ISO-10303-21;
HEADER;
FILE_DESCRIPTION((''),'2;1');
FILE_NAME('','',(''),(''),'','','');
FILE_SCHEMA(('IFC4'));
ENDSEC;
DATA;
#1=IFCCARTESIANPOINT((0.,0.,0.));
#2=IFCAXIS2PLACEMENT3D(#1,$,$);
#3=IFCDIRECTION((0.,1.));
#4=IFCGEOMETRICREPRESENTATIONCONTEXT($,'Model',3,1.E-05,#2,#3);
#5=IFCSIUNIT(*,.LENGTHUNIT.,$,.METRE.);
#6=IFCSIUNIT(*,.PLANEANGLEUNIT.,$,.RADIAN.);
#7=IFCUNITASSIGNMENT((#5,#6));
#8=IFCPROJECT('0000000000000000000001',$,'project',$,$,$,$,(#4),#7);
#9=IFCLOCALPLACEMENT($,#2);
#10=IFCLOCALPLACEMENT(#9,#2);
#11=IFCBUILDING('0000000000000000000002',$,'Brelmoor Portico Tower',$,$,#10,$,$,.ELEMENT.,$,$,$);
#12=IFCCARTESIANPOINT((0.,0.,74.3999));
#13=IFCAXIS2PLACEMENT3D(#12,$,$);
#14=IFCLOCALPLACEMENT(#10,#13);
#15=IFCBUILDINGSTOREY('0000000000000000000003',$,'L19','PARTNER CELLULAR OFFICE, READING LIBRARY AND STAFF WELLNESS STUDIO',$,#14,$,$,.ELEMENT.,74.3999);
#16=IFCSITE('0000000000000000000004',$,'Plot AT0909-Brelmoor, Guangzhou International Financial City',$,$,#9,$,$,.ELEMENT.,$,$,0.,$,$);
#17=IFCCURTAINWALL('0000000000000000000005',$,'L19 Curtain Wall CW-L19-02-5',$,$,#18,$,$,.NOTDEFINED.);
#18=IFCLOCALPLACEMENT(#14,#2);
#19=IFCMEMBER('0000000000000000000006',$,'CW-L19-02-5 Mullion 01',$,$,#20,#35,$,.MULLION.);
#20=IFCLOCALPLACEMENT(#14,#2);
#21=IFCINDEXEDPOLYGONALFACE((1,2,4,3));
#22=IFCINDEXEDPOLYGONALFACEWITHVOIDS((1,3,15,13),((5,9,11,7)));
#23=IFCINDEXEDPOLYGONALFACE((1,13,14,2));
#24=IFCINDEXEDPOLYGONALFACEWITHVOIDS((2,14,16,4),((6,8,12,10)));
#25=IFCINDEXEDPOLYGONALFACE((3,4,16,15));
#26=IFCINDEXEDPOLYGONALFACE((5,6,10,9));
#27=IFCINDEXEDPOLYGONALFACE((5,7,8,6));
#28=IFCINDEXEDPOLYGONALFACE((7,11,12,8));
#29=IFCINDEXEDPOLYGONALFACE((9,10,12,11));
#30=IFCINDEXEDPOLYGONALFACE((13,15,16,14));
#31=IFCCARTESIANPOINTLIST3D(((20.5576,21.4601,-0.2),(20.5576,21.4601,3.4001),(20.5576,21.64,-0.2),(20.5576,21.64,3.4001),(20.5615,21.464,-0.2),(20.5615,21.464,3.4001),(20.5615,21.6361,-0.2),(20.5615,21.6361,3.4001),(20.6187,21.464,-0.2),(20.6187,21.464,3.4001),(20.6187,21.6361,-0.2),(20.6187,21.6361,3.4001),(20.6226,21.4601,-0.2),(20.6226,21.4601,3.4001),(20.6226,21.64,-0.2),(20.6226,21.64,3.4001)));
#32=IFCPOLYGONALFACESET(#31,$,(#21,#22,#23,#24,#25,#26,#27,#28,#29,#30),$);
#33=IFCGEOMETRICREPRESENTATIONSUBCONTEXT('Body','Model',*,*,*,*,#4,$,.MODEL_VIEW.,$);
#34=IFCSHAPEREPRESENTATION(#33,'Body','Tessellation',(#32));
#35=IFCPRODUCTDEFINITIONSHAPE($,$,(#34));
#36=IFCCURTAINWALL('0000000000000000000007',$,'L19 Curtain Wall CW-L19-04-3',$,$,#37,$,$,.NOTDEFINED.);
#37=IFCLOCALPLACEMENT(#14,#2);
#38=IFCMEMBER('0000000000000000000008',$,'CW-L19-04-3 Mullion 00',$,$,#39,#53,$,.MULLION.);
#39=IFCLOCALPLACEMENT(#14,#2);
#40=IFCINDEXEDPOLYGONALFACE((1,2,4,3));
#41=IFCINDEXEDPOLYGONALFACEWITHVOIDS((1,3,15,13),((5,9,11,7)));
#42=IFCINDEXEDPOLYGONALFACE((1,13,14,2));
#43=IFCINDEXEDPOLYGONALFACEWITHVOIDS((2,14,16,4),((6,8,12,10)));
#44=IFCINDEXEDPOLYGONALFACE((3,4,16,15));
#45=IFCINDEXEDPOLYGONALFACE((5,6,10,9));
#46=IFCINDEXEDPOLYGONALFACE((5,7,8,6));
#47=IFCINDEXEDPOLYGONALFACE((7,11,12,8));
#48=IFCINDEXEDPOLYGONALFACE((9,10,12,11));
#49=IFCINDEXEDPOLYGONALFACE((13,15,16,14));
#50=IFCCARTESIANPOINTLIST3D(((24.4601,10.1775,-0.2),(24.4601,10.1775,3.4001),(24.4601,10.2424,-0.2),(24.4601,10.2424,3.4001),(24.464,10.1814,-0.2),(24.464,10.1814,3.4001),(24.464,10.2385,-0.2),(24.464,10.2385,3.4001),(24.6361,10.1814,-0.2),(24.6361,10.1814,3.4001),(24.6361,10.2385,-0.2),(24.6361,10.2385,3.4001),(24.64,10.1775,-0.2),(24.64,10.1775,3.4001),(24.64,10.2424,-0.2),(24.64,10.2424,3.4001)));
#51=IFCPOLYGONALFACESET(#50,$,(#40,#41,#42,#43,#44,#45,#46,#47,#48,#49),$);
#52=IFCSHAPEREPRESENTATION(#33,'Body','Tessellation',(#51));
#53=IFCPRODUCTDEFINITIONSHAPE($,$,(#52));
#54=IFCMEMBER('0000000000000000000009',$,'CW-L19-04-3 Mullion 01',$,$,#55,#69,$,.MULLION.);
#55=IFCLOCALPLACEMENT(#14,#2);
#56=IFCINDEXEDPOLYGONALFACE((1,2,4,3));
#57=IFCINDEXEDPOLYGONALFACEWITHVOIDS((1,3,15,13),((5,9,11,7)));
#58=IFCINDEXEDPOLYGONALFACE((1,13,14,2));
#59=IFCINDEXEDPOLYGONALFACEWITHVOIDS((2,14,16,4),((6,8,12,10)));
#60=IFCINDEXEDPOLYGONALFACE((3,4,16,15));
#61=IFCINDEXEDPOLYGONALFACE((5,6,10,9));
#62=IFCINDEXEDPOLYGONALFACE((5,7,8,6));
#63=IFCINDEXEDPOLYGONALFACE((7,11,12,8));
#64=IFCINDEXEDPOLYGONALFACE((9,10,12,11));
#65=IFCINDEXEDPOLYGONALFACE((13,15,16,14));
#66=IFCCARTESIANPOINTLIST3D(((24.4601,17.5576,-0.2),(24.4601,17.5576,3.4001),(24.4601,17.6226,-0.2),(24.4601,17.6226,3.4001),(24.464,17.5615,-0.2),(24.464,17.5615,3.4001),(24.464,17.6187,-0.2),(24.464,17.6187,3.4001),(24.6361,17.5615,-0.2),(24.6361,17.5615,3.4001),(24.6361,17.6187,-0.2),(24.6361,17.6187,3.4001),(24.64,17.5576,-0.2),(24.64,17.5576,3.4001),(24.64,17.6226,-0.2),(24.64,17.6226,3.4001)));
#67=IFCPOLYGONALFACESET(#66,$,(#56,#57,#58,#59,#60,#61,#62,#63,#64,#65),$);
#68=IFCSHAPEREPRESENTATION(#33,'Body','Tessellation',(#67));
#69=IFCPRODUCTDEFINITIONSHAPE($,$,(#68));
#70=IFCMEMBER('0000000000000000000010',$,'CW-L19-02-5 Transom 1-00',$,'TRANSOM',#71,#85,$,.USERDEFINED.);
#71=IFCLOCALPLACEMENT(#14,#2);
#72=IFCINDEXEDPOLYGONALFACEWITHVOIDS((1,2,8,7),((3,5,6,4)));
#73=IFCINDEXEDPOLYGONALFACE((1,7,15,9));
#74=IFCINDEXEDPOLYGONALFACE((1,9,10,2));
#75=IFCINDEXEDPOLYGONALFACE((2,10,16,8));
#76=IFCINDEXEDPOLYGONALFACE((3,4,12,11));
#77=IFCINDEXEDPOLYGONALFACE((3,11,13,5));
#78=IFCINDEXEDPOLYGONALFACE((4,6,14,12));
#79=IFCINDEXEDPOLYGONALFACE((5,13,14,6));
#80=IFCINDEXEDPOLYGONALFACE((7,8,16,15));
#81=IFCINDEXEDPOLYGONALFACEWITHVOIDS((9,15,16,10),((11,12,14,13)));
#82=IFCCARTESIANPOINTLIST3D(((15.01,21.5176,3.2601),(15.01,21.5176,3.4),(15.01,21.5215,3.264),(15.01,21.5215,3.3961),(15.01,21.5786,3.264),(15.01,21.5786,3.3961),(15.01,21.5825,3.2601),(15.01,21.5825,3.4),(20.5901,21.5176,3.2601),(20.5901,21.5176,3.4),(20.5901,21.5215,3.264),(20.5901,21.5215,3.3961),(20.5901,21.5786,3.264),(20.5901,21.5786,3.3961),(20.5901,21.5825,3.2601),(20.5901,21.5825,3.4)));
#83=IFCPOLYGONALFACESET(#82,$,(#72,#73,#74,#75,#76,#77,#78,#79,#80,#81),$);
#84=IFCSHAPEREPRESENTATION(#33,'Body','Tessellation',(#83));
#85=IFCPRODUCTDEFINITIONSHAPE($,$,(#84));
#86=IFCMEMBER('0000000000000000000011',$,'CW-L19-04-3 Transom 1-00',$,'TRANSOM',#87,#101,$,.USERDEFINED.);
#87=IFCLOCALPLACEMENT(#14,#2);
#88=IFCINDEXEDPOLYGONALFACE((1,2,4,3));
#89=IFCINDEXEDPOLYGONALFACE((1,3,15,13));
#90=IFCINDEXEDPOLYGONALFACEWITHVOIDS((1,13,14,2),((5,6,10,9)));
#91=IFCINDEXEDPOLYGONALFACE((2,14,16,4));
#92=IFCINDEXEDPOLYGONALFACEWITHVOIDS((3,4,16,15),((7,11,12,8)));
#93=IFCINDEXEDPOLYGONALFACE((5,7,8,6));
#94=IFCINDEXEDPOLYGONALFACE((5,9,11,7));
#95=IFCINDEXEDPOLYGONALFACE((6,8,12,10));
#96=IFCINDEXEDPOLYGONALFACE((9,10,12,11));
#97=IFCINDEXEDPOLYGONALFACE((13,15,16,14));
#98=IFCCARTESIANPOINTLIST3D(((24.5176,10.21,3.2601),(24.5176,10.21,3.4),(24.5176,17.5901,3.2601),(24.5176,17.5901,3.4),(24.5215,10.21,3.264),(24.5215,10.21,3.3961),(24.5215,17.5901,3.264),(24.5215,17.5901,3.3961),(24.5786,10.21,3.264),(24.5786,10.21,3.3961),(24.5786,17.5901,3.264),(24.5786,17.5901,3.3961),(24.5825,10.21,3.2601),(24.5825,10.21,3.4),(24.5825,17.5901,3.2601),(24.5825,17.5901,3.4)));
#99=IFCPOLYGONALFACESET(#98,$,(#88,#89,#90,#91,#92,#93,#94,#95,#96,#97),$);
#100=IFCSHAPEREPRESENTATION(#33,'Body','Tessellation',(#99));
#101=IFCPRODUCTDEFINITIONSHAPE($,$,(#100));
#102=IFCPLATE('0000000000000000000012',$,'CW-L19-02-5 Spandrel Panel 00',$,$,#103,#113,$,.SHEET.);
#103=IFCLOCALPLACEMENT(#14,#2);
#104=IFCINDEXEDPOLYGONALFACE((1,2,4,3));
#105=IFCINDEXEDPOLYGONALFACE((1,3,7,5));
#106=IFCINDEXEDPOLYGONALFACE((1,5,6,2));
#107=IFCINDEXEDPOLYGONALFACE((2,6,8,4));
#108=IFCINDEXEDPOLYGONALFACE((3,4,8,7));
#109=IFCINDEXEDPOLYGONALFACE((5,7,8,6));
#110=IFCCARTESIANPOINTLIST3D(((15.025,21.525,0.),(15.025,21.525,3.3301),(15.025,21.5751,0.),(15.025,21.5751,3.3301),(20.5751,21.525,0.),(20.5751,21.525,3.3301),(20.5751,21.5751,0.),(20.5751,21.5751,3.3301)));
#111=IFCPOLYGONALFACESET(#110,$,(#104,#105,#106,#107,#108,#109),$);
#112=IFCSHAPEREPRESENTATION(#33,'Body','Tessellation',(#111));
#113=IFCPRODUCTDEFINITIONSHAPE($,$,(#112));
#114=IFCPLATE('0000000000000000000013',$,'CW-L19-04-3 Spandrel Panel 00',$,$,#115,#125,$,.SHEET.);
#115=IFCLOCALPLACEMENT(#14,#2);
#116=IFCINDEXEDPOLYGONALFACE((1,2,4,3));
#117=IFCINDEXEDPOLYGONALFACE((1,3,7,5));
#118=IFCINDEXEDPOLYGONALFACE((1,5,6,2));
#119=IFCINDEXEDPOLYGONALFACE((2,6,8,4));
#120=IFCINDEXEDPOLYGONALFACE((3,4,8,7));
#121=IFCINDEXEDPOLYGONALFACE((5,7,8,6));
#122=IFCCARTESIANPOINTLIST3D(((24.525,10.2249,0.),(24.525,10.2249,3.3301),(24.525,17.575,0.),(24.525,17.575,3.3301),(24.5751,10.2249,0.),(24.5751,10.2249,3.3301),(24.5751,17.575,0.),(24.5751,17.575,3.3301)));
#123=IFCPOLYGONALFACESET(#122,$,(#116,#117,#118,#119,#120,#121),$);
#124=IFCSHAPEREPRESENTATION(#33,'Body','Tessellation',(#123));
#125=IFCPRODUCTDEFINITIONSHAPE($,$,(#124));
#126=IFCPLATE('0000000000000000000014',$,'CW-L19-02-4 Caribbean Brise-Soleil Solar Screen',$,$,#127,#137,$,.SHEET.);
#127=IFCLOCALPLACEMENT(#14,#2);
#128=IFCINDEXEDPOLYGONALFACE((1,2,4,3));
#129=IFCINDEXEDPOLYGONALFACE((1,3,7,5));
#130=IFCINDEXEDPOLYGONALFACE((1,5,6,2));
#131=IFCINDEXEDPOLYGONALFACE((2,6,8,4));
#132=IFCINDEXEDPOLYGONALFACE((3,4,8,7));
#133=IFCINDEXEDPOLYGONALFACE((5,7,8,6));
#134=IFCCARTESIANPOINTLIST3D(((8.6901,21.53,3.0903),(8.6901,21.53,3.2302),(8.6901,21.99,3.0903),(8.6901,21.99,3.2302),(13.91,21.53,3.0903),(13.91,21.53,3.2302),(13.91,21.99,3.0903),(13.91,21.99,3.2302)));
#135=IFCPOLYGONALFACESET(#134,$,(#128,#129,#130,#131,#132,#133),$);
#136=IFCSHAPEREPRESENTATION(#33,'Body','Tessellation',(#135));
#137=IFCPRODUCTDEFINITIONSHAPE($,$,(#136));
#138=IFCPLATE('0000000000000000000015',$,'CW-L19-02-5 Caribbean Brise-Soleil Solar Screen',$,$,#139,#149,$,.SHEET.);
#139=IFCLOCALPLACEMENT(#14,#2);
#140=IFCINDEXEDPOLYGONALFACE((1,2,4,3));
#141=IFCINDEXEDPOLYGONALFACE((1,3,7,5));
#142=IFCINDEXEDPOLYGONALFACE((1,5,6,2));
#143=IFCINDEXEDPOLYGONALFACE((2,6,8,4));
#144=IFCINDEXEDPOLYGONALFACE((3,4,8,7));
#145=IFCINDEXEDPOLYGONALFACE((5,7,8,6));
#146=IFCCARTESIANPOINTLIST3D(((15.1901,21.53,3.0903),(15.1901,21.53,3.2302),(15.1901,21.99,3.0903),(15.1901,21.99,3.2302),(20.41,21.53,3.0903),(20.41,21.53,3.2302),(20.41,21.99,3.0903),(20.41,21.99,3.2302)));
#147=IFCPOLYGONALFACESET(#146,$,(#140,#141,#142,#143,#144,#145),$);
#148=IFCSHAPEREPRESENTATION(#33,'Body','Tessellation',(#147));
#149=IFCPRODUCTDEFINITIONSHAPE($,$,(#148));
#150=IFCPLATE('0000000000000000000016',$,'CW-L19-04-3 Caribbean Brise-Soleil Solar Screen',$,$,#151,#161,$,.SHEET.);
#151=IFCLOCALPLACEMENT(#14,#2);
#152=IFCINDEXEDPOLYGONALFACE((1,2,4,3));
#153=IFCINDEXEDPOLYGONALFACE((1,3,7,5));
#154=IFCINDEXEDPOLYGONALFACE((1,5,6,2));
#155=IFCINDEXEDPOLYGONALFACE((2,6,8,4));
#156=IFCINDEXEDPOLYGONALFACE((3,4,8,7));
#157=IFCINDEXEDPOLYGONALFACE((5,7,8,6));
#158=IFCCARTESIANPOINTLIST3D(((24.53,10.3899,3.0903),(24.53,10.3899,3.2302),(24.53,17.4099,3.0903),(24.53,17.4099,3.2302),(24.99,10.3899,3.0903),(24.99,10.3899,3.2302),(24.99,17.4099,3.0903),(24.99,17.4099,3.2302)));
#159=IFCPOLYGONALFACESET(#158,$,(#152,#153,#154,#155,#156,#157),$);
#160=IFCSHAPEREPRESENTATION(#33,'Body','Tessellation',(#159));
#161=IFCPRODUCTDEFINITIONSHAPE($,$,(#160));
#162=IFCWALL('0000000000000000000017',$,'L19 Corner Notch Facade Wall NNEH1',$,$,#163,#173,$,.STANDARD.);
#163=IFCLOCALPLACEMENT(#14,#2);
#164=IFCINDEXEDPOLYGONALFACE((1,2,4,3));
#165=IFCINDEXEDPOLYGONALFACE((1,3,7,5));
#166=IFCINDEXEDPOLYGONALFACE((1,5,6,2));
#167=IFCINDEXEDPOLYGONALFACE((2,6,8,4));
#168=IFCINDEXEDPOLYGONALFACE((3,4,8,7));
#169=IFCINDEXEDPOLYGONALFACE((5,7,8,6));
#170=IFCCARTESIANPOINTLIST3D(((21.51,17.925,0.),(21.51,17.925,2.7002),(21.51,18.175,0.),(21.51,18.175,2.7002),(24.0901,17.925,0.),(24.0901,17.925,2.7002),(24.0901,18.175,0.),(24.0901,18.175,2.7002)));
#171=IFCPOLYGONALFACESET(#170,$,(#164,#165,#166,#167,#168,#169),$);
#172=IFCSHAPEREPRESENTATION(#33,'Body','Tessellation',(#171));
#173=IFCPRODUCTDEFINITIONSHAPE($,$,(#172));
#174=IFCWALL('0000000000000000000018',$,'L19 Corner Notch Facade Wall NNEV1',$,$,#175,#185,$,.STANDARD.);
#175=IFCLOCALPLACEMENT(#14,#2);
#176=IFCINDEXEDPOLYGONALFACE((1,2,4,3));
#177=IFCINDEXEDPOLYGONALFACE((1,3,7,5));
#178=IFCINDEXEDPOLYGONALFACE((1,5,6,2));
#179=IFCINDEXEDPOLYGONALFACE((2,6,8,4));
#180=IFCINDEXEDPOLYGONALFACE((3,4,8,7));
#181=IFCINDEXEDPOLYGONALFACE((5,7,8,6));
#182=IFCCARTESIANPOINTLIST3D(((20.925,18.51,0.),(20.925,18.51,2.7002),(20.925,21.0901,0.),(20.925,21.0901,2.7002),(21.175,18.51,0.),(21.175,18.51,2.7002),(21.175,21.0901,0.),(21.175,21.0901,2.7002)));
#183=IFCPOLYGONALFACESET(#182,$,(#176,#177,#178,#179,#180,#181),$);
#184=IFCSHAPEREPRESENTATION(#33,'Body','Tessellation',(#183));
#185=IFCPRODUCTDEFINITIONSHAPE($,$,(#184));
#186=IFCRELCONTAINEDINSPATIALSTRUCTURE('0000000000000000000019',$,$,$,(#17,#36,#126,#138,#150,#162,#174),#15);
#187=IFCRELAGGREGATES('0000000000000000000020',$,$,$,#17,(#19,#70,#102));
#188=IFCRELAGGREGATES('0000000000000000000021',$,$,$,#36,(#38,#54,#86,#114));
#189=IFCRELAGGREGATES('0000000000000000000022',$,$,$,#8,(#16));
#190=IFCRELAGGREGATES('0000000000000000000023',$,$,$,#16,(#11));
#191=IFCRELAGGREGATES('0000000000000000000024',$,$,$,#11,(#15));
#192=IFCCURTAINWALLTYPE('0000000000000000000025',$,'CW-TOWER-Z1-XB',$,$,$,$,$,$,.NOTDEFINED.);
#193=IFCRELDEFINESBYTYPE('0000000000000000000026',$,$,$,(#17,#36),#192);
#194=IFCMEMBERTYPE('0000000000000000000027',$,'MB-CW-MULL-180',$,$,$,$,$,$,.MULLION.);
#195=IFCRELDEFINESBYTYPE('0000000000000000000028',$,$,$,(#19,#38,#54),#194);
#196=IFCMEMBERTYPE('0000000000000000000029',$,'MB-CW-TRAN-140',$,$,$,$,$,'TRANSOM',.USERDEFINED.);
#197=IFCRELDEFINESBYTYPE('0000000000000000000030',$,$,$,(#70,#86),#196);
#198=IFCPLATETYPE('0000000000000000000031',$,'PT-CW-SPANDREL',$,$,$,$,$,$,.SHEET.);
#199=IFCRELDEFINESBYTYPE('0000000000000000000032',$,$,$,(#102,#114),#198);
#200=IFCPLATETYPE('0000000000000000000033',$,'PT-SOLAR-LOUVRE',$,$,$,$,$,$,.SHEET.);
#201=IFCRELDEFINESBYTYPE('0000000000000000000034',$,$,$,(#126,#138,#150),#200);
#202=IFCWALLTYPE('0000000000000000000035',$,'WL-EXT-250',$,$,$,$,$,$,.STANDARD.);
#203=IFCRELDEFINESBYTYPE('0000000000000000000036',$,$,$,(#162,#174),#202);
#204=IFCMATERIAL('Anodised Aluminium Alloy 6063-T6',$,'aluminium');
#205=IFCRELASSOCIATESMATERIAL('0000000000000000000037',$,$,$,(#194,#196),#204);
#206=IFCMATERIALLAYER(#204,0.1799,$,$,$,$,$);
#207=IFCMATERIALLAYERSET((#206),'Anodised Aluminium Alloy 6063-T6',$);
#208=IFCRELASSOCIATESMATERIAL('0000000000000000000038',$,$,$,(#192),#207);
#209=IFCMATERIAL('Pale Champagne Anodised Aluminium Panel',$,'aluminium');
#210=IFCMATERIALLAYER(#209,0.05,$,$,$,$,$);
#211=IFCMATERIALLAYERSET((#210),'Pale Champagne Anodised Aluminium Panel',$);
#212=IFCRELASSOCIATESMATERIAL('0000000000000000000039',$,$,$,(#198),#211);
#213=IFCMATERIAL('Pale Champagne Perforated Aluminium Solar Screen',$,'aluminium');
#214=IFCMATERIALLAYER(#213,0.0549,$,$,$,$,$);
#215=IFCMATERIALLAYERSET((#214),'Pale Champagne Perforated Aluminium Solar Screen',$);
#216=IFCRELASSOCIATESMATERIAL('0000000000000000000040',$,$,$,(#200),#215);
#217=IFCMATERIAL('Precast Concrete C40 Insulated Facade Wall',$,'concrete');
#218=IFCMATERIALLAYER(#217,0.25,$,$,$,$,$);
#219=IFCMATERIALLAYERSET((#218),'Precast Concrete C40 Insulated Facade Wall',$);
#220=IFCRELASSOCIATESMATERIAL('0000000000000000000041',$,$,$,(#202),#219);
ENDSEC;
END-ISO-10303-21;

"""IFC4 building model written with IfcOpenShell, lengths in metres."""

from ifc_helpers import new_model, si_unit, direction, frame, frame_2d, origin, origin_2d, place, context, subcontext, project, spatial, rectangle, hollow_rectangle, extrude, material, layer, layer_set, material_profile, profile_set, type_object, element, aggregate, save


model = new_model("IFC4")

# Units and contexts
model_context = context("Model", 3, precision=1e-05, world=origin(), true_north=direction((0.0, 1.0)))
body_context = subcontext(model_context, "Body", "Model", "MODEL_VIEW")
ifc_project = project(units=[si_unit("LENGTHUNIT", "METRE"), si_unit("PLANEANGLEUNIT", "RADIAN")], contexts=[model_context])

# Site, building, storey
site_placement = place(None, origin())
site = spatial("IfcSite", under=ifc_project, at=site_placement, Name="Plot AT0909-Brelmoor, Guangzhou International Financial City", CompositionType="ELEMENT", RefElevation=0.0)
building_placement = place(site_placement, origin())
building = spatial("IfcBuilding", under=site, at=building_placement, Name="Brelmoor Portico Tower", CompositionType="ELEMENT")
storey_placement = place(building_placement, frame((0.0, 0.0, 74.3999)))
storey = spatial("IfcBuildingStorey", under=building, at=storey_placement, Name="L19", Description="PARTNER CELLULAR OFFICE, READING LIBRARY AND STAFF WELLNESS STUDIO", CompositionType="ELEMENT", Elevation=74.3999)

# Shared definitions
ifc_material_1 = material(Name="Anodised Aluminium Alloy 6063-T6", Category="aluminium")
ifc_material_profile_1 = material_profile(ifc_material_1, hollow_rectangle(XDim=0.0649, YDim=0.1799, WallThickness=0.0039, at=origin_2d()), Name="ALU MULLION 65x180")
ifc_profile_set_1 = profile_set([ifc_material_profile_1], Name="Anodised Aluminium Alloy 6063-T6")
member_type_1 = type_object("IfcMemberType", Name="MB-CW-MULL-180", PredefinedType="MULLION", material=ifc_profile_set_1)

# Curtain walls, members
ifc_layer_1 = layer(ifc_material_1, 0.1799)
ifc_layer_set_1 = layer_set([ifc_layer_1], Name="Anodised Aluminium Alloy 6063-T6")
curtain_wall_type_1 = type_object("IfcCurtainWallType", Name="CW-TOWER-Z1-XB", PredefinedType="NOTDEFINED", material=ifc_layer_set_1)
curtain_wall_1_placement = place(storey_placement, origin())
curtain_wall_1 = element("IfcCurtainWall", 1, at=curtain_wall_1_placement, inside=storey, type_object=curtain_wall_type_1, Name="L19 Curtain Wall CW-L19-02-5", PredefinedType="NOTDEFINED")
member_1_placement = place(storey_placement, frame((20.5901, 21.55, -0.2), z_axis=(0.0, 0.0, 1.0), x_axis=(1.0, 0.0, 0.0)))
member_1 = element("IfcMember", 2, at=member_1_placement, type_object=member_type_1, Name="CW-L19-02-5 Mullion 01", PredefinedType="MULLION", context=body_context, shape_type="SweptSolid", body=[
    extrude(hollow_rectangle(XDim=0.0649, YDim=0.1799, WallThickness=0.0039, at=origin_2d()), origin(), (0.0, 0.0, 1.0), 3.6001),
])
curtain_wall_2_placement = place(storey_placement, origin())
curtain_wall_2 = element("IfcCurtainWall", 3, at=curtain_wall_2_placement, inside=storey, type_object=curtain_wall_type_1, Name="L19 Curtain Wall CW-L19-04-3", PredefinedType="NOTDEFINED")
member_2_placement = place(storey_placement, frame((24.55, 10.21, -0.2), z_axis=(0.0, 0.0, 1.0), x_axis=(0.0, 1.0, 0.0)))
member_2 = element("IfcMember", 4, at=member_2_placement, type_object=member_type_1, Name="CW-L19-04-3 Mullion 00", PredefinedType="MULLION", context=body_context, shape_type="SweptSolid", body=[
    extrude(hollow_rectangle(XDim=0.0649, YDim=0.1799, WallThickness=0.0039, at=origin_2d()), origin(), (0.0, 0.0, 1.0), 3.6001),
])
member_3_placement = place(storey_placement, frame((24.55, 17.5901, -0.2), z_axis=(0.0, 0.0, 1.0), x_axis=(0.0, 1.0, 0.0)))
member_3 = element("IfcMember", 5, at=member_3_placement, type_object=member_type_1, Name="CW-L19-04-3 Mullion 01", PredefinedType="MULLION", context=body_context, shape_type="SweptSolid", body=[
    extrude(hollow_rectangle(XDim=0.0649, YDim=0.1799, WallThickness=0.0039, at=origin_2d()), origin(), (0.0, 0.0, 1.0), 3.6001),
])

# Members
ifc_material_profile_2 = material_profile(ifc_material_1, hollow_rectangle(XDim=0.0649, YDim=0.1399, WallThickness=0.0039, at=origin_2d()), Name="ALU TRANSOM 65x140")
ifc_profile_set_2 = profile_set([ifc_material_profile_2], Name="Anodised Aluminium Alloy 6063-T6")
member_type_2 = type_object("IfcMemberType", Name="MB-CW-TRAN-140", ElementType="TRANSOM", PredefinedType="USERDEFINED", material=ifc_profile_set_2)
member_4_placement = place(storey_placement, frame((15.01, 21.55, 3.3301), z_axis=(1.0, 0.0, 0.0), x_axis=(0.0, 1.0, 0.0)))
member_4 = element("IfcMember", 6, at=member_4_placement, type_object=member_type_2, Name="CW-L19-02-5 Transom 1-00", ObjectType="TRANSOM", PredefinedType="USERDEFINED", context=body_context, shape_type="SweptSolid", body=[
    extrude(hollow_rectangle(XDim=0.0649, YDim=0.1399, WallThickness=0.0039, at=origin_2d()), origin(), (0.0, 0.0, 1.0), 5.5801),
])
member_5_placement = place(storey_placement, frame((24.55, 10.21, 3.3301), z_axis=(0.0, 1.0, 0.0), x_axis=(-1.0, 0.0, 0.0)))
member_5 = element("IfcMember", 7, at=member_5_placement, type_object=member_type_2, Name="CW-L19-04-3 Transom 1-00", ObjectType="TRANSOM", PredefinedType="USERDEFINED", context=body_context, shape_type="SweptSolid", body=[
    extrude(hollow_rectangle(XDim=0.0649, YDim=0.1399, WallThickness=0.0039, at=origin_2d()), origin(), (0.0, 0.0, 1.0), 7.3801),
])

# Plates
ifc_material_2 = material(Name="Pale Champagne Anodised Aluminium Panel", Category="aluminium")
ifc_layer_2 = layer(ifc_material_2, 0.05)
ifc_layer_set_2 = layer_set([ifc_layer_2], Name="Pale Champagne Anodised Aluminium Panel")
plate_type_1 = type_object("IfcPlateType", Name="PT-CW-SPANDREL", PredefinedType="SHEET", material=ifc_layer_set_2)
plate_1_placement = place(storey_placement, frame((17.8, 21.55, 0.0), z_axis=(0.0, 0.0, 1.0), x_axis=(1.0, 0.0, 0.0)))
plate_1 = element("IfcPlate", 8, at=plate_1_placement, type_object=plate_type_1, Name="CW-L19-02-5 Spandrel Panel 00", PredefinedType="SHEET", context=body_context, shape_type="SweptSolid", body=[
    extrude(rectangle(XDim=5.55, YDim=0.05, at=origin_2d()), origin(), (0.0, 0.0, 1.0), 3.3301),
])
aggregate(curtain_wall_1, [member_1, member_4, plate_1])
plate_2_placement = place(storey_placement, frame((24.55, 13.8999, 0.0), z_axis=(0.0, 0.0, 1.0), x_axis=(0.0, 1.0, 0.0)))
plate_2 = element("IfcPlate", 9, at=plate_2_placement, type_object=plate_type_1, Name="CW-L19-04-3 Spandrel Panel 00", PredefinedType="SHEET", context=body_context, shape_type="SweptSolid", body=[
    extrude(rectangle(XDim=7.3501, YDim=0.05, at=origin_2d()), origin(), (0.0, 0.0, 1.0), 3.3301),
])
aggregate(curtain_wall_2, [member_2, member_3, member_5, plate_2])

# Plates
ifc_material_3 = material(Name="Pale Champagne Perforated Aluminium Solar Screen", Category="aluminium")
ifc_layer_3 = layer(ifc_material_3, 0.0549)
ifc_layer_set_3 = layer_set([ifc_layer_3], Name="Pale Champagne Perforated Aluminium Solar Screen")
plate_type_2 = type_object("IfcPlateType", Name="PT-SOLAR-LOUVRE", PredefinedType="SHEET", material=ifc_layer_set_3)
for number, where, z_axis, x_axis, name in (
    (10, (11.3, 21.76, 3.0903), (0.0, 0.0, 1.0), (1.0, 0.0, 0.0), "CW-L19-02-4 Caribbean Brise-Soleil Solar Screen"),
    (11, (17.8, 21.76, 3.0903), (0.0, 0.0, 1.0), (1.0, 0.0, 0.0), "CW-L19-02-5 Caribbean Brise-Soleil Solar Screen"),
):
    element("IfcPlate", number, at=place(storey_placement, frame(where, z_axis=z_axis, x_axis=x_axis)), inside=storey, type_object=plate_type_2, Name=name, PredefinedType="SHEET", context=body_context, shape_type="SweptSolid", body=[
        extrude(rectangle(XDim=5.22, YDim=0.46, at=origin_2d()), origin(), (0.0, 0.0, 1.0), 0.1399),
    ])
plate_3_placement = place(storey_placement, frame((24.76, 13.8999, 3.0903), z_axis=(0.0, 0.0, 1.0), x_axis=(0.0, 1.0, 0.0)))
element("IfcPlate", 12, at=plate_3_placement, inside=storey, type_object=plate_type_2, Name="CW-L19-04-3 Caribbean Brise-Soleil Solar Screen", PredefinedType="SHEET", context=body_context, shape_type="SweptSolid", body=[
    extrude(rectangle(XDim=7.02, YDim=0.46, at=origin_2d()), origin(), (0.0, 0.0, 1.0), 0.1399),
])

# Walls
ifc_material_4 = material(Name="Precast Concrete C40 Insulated Facade Wall", Category="concrete")
ifc_layer_4 = layer(ifc_material_4, 0.25)
ifc_layer_set_4 = layer_set([ifc_layer_4], Name="Precast Concrete C40 Insulated Facade Wall")
wall_type_1 = type_object("IfcWallType", Name="WL-EXT-250", PredefinedType="STANDARD", material=ifc_layer_set_4)
for number, where, z_axis, x_axis, name in (
    (13, (21.51, 18.05, 0.0), (0.0, 0.0, 1.0), (1.0, 0.0, 0.0), "L19 Corner Notch Facade Wall NNEH1"),
    (14, (21.05, 18.51, 0.0), (0.0, 0.0, 1.0), (0.0, 1.0, 0.0), "L19 Corner Notch Facade Wall NNEV1"),
):
    element("IfcWall", number, at=place(storey_placement, frame(where, z_axis=z_axis, x_axis=x_axis)), inside=storey, type_object=wall_type_1, Name=name, PredefinedType="STANDARD", context=body_context, shape_type="SweptSolid", body=[
        extrude(rectangle(XDim=2.5801, YDim=0.25, at=frame_2d((1.29, 0.0))), origin(), (0.0, 0.0, 1.0), 2.7002),
    ])

save(model, "model.ifc")
